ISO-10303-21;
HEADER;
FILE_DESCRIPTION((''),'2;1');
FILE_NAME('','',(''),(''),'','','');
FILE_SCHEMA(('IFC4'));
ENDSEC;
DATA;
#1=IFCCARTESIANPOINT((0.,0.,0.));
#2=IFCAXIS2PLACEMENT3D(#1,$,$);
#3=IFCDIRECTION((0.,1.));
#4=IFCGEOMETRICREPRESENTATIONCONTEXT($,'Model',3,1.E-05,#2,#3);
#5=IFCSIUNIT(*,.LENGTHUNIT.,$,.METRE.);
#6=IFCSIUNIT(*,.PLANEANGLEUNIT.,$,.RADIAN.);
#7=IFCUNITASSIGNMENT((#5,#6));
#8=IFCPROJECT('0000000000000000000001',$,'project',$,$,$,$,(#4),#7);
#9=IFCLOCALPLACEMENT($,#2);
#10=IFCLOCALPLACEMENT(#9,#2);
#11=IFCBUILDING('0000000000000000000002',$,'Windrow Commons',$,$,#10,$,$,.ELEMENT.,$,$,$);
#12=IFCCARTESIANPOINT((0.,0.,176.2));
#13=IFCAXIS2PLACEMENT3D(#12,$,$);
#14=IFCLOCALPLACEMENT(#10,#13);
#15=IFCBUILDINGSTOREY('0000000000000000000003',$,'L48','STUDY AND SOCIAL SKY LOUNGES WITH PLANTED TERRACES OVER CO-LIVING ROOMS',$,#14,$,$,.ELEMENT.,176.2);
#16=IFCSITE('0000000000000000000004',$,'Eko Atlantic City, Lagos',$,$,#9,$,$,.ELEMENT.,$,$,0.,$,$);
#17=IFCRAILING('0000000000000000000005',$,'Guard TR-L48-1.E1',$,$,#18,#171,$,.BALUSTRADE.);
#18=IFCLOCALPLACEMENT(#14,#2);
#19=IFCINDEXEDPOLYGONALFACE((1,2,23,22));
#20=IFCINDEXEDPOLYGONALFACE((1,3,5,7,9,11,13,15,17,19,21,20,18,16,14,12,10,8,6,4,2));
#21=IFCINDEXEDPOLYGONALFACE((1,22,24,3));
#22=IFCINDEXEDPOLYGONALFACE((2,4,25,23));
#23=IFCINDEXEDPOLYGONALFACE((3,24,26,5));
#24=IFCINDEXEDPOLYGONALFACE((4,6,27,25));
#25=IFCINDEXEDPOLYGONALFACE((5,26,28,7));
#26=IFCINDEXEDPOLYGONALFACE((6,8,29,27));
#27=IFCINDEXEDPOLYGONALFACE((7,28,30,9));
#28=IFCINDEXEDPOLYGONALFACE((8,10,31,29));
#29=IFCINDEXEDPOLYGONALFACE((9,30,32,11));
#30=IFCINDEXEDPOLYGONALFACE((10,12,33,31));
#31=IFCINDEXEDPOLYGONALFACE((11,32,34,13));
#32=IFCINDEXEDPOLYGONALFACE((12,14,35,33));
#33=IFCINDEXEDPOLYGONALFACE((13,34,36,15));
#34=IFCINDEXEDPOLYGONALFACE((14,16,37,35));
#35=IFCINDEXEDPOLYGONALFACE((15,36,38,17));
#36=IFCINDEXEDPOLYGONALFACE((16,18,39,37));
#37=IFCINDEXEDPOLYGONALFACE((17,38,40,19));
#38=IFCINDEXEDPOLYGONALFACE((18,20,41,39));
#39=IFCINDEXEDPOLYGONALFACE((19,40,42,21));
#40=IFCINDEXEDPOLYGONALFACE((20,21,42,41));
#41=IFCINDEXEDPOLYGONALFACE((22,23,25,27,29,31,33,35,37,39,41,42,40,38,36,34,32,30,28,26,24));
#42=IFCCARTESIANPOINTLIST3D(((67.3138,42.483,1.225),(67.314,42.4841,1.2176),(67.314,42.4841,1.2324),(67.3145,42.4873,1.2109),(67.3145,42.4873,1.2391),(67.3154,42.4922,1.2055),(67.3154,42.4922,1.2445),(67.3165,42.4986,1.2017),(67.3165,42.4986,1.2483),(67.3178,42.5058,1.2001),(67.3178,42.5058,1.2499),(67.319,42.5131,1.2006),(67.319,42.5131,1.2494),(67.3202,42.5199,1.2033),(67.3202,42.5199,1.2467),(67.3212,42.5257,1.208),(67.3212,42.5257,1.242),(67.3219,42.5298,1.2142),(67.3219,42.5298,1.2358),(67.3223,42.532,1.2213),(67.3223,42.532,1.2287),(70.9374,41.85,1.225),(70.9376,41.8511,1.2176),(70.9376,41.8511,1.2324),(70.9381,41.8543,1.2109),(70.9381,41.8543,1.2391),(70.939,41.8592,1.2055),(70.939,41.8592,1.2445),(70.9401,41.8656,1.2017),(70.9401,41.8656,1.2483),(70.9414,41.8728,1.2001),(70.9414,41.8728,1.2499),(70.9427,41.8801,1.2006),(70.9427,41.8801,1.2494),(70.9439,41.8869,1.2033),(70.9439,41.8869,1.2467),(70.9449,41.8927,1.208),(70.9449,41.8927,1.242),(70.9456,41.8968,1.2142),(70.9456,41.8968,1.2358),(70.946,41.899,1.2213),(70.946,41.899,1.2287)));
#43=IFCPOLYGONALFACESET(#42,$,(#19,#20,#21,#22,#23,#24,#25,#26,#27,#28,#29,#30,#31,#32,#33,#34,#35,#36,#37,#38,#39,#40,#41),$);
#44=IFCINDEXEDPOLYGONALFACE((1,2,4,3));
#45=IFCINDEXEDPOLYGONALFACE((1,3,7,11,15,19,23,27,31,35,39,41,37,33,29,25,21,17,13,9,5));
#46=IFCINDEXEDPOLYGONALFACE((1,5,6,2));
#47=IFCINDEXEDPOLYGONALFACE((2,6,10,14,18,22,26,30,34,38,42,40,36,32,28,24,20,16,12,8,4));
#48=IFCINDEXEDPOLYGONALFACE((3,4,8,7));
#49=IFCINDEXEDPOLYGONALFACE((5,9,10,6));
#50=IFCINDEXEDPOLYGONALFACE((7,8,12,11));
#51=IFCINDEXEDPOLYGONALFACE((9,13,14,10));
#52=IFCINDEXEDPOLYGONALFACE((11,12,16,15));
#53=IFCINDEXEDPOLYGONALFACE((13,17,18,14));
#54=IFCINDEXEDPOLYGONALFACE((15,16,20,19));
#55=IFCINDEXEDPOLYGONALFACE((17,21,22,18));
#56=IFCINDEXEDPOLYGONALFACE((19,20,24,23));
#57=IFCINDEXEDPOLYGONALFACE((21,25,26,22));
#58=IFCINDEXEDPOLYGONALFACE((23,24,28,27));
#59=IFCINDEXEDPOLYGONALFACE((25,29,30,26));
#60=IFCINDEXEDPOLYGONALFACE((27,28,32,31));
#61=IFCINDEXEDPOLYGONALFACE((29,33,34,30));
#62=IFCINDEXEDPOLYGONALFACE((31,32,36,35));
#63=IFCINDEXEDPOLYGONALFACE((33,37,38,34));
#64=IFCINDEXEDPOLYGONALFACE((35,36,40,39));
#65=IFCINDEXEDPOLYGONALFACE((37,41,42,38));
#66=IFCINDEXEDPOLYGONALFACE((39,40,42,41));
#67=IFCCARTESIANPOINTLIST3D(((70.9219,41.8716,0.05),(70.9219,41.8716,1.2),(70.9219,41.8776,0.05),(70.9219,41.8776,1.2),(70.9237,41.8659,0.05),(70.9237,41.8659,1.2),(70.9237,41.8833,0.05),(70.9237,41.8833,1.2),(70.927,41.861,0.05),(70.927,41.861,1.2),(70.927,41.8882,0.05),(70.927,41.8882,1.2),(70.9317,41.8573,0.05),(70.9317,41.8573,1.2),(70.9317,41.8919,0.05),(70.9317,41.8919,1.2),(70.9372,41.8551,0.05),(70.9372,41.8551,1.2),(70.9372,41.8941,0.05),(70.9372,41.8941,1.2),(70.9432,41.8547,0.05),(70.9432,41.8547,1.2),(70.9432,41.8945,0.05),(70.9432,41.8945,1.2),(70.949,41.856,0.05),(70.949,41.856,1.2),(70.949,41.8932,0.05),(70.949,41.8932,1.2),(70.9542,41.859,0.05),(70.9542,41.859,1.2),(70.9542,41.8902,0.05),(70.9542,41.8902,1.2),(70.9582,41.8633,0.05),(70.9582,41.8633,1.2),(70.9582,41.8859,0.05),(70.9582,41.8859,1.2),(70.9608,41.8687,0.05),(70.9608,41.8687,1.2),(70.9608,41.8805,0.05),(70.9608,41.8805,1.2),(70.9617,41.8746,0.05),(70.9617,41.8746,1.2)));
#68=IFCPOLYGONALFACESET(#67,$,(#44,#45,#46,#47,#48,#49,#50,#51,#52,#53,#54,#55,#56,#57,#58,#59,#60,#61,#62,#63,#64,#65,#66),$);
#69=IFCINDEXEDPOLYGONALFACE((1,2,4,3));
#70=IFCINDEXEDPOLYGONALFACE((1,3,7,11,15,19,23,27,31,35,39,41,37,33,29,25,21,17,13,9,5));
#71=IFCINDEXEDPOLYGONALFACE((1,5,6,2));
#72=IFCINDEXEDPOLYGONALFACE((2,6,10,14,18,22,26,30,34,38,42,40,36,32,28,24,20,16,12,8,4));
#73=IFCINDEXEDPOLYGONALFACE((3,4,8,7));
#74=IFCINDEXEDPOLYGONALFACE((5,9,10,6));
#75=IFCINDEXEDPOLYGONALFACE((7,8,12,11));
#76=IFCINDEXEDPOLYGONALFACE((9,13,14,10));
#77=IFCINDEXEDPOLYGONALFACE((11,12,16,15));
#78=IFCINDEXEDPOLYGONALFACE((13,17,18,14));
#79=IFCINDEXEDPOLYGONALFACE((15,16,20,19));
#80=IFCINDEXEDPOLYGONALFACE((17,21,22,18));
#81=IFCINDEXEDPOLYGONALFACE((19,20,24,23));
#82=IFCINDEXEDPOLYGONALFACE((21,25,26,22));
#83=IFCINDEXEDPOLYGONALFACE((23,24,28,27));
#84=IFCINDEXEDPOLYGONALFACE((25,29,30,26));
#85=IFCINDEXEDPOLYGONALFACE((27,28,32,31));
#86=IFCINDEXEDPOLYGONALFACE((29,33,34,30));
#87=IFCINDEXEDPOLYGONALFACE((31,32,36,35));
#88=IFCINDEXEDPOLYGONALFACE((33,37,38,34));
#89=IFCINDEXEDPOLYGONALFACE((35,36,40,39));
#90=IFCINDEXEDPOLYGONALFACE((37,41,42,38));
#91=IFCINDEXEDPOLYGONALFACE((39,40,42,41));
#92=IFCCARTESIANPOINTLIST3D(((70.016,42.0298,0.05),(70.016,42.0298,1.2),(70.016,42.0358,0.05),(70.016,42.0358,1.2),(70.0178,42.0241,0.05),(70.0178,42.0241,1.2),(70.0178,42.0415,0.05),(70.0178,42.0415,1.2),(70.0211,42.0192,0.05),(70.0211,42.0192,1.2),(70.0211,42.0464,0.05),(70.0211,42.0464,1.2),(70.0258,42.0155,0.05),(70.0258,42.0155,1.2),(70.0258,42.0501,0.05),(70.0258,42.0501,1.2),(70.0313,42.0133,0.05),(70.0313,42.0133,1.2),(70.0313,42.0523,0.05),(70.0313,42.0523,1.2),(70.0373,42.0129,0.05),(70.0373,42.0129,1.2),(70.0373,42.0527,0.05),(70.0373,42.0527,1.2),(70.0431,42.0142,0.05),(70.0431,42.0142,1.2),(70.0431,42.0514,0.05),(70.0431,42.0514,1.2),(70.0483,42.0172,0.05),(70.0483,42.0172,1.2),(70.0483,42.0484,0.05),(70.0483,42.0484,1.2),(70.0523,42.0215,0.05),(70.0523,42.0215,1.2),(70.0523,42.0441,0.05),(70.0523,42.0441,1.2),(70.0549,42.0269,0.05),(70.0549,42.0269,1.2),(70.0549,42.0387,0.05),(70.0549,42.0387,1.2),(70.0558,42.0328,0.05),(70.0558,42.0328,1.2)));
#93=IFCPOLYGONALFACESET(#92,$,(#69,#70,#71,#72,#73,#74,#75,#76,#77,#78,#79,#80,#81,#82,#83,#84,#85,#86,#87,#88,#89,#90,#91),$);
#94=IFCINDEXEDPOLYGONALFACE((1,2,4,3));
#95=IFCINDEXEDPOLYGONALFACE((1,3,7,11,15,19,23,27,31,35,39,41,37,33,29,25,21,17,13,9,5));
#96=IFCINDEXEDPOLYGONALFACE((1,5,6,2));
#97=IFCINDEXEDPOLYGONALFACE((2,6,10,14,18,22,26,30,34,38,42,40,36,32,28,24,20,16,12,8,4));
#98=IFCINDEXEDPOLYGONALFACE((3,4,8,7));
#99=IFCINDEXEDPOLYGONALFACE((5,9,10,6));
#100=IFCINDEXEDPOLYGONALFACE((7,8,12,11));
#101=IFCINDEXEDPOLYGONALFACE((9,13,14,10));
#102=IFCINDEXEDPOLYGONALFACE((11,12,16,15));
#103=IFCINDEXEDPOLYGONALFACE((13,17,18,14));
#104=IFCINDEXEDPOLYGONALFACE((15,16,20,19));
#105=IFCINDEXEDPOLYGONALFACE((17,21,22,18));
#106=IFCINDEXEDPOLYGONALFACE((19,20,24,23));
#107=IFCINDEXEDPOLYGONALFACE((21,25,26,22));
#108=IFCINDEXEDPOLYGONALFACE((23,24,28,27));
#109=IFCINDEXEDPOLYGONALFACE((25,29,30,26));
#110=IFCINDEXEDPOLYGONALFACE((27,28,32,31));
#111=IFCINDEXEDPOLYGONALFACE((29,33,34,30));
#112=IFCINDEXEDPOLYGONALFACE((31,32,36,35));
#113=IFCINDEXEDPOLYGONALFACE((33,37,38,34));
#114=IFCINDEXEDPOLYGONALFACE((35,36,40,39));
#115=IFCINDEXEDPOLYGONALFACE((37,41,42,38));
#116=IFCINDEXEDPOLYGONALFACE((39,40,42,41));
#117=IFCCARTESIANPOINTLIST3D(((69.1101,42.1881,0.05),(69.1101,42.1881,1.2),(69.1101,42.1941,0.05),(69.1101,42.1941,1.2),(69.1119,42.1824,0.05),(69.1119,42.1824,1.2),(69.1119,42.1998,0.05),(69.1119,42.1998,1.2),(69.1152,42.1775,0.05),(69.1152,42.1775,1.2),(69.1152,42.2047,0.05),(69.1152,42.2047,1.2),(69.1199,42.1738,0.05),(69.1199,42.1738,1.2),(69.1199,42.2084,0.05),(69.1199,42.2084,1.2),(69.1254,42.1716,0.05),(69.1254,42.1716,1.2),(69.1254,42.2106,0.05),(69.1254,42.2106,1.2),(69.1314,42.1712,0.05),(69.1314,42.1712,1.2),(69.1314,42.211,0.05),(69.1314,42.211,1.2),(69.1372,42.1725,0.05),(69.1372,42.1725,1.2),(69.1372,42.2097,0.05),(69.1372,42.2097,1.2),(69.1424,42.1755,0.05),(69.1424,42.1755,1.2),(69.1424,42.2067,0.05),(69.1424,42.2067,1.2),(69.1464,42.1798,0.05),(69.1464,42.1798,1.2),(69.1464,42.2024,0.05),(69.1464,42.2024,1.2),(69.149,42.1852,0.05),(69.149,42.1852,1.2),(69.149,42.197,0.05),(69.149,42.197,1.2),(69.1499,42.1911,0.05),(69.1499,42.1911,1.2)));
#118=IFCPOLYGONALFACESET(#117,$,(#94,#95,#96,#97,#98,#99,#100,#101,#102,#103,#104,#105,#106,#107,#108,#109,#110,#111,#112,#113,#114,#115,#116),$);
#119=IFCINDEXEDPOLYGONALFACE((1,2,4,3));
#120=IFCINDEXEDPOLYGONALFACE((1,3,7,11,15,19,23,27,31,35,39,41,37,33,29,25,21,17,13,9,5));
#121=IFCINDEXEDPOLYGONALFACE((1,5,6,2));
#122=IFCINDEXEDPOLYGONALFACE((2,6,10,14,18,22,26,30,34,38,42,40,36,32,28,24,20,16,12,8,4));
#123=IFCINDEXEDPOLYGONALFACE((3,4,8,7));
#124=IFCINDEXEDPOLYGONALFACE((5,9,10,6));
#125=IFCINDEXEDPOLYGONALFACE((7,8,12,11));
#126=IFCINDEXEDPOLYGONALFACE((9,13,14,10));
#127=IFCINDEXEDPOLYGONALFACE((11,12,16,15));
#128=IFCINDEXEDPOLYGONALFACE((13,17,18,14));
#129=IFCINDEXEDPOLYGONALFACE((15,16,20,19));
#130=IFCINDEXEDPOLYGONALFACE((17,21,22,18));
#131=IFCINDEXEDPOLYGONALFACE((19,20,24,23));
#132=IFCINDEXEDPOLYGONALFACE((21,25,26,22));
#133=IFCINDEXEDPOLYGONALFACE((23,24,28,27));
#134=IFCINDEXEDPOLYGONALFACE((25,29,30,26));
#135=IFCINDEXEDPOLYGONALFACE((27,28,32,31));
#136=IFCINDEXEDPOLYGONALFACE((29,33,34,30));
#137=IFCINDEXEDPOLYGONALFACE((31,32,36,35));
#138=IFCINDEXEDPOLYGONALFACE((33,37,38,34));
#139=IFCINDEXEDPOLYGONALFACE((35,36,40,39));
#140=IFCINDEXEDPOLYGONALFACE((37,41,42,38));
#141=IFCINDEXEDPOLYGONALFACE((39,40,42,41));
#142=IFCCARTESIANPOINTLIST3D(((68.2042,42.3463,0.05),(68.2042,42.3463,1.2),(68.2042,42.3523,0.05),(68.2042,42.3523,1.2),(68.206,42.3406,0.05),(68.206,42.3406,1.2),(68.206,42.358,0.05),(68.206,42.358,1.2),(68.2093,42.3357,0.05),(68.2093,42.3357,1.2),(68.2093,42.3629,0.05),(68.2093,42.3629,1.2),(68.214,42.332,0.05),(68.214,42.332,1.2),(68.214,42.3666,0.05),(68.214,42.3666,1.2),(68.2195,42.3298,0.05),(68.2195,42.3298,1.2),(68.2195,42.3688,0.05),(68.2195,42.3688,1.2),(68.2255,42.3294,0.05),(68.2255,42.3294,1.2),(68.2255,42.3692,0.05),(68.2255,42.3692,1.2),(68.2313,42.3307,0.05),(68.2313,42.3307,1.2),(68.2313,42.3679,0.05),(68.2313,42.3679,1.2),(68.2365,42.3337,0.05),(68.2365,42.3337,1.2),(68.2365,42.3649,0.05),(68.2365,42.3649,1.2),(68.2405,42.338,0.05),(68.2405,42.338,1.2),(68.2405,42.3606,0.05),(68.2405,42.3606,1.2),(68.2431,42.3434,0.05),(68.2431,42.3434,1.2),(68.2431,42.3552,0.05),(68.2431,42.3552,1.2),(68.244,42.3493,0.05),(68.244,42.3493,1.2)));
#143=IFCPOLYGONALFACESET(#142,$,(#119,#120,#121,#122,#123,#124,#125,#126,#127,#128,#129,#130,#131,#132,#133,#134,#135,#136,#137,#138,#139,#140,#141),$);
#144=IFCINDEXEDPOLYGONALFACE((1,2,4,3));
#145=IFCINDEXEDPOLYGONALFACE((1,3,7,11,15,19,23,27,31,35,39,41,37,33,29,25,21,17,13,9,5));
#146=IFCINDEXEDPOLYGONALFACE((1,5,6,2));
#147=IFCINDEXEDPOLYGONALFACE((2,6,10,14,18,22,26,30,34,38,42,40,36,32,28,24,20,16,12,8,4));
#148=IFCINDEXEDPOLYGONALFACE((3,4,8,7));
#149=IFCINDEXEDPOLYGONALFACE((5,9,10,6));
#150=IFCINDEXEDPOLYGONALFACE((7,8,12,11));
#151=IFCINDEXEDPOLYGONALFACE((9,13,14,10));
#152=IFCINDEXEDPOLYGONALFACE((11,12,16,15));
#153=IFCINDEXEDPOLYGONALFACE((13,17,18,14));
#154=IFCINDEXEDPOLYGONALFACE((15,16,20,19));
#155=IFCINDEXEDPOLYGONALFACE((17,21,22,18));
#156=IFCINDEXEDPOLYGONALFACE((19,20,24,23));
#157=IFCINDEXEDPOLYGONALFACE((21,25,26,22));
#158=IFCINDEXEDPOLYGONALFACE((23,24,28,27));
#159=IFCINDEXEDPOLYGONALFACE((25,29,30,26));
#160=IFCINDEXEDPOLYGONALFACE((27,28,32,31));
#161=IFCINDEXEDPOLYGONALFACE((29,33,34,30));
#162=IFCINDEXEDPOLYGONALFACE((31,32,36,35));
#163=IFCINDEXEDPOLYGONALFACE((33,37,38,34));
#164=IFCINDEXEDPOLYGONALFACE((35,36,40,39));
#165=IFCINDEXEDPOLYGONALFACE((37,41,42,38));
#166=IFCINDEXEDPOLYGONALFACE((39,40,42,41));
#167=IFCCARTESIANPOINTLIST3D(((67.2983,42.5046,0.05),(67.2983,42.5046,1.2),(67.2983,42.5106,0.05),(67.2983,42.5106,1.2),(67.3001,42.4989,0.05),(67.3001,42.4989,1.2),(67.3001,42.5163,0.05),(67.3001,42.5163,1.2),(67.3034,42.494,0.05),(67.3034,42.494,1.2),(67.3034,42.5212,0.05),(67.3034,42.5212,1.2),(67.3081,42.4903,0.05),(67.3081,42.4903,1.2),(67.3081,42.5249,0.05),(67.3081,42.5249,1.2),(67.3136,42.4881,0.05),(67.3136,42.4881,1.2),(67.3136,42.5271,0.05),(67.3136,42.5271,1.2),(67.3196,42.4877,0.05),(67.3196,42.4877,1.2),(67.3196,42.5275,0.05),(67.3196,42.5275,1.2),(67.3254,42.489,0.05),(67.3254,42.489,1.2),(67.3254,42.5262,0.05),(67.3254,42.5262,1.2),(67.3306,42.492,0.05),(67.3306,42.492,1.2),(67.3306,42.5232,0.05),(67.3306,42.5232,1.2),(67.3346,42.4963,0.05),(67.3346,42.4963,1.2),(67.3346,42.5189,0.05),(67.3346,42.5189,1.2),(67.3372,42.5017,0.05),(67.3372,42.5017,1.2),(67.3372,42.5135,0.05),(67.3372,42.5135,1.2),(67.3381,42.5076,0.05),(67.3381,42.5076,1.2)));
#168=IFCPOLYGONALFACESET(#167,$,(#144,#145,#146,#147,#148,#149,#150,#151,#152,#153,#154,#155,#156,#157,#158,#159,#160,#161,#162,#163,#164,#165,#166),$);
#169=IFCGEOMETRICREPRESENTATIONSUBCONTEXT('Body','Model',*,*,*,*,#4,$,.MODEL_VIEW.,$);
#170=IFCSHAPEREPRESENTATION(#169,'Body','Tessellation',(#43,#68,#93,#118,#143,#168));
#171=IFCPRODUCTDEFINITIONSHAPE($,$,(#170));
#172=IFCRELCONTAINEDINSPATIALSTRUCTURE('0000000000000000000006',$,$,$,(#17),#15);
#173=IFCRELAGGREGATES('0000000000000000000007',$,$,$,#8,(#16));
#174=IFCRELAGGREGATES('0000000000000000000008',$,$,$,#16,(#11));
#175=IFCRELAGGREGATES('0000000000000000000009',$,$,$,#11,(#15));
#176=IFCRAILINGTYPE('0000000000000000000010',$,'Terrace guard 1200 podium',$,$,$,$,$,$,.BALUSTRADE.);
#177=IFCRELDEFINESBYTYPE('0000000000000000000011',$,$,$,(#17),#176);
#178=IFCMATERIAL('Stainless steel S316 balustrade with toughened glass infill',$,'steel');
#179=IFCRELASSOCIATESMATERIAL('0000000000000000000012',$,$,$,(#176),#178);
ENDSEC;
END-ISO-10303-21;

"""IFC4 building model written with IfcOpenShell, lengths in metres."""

from ifc_helpers import new_model, si_unit, direction, frame, origin, origin_2d, place, context, subcontext, project, spatial, circle, extrude, material, type_object, element, save


model = new_model("IFC4")

# Units and contexts
model_context = context("Model", 3, precision=1e-05, world=origin(), true_north=direction((0.0, 1.0)))
body_context = subcontext(model_context, "Body", "Model", "MODEL_VIEW")
ifc_project = project(units=[si_unit("LENGTHUNIT", "METRE"), si_unit("PLANEANGLEUNIT", "RADIAN")], contexts=[model_context])

# Site, building, storey
site_placement = place(None, origin())
site = spatial("IfcSite", under=ifc_project, at=site_placement, Name="Eko Atlantic City, Lagos", CompositionType="ELEMENT", RefElevation=0.0)
building_placement = place(site_placement, origin())
building = spatial("IfcBuilding", under=site, at=building_placement, Name="Windrow Commons", CompositionType="ELEMENT")
storey_placement = place(building_placement, frame((0.0, 0.0, 176.2)))
storey = spatial("IfcBuildingStorey", under=building, at=storey_placement, Name="L48", Description="STUDY AND SOCIAL SKY LOUNGES WITH PLANTED TERRACES OVER CO-LIVING ROOMS", CompositionType="ELEMENT", Elevation=176.2)

# Railing
ifc_material_1 = material(Name="Stainless steel S316 balustrade with toughened glass infill", Category="steel")
railing_type = type_object("IfcRailingType", Name="Terrace guard 1200 podium", PredefinedType="BALUSTRADE", material=ifc_material_1)
railing_1_placement = place(storey_placement, frame((70.9417, 41.8746, 0.05)))
element("IfcRailing", 1, at=railing_1_placement, inside=storey, type_object=railing_type, Name="Guard TR-L48-1.E1", PredefinedType="BALUSTRADE", context=body_context, shape_type="SweptSolid", body=[
    extrude(circle(Radius=0.025, at=origin_2d()), frame((0.0, 0.0, 1.175), z_axis=(-0.985083, 0.172082, 0.0), x_axis=(-0.172082, -0.985083, 0.0)), (0.0, 0.0, 1.0), 3.6785),
    extrude(circle(Radius=0.02, at=origin_2d()), origin(), (0.0, 0.0, 1.0), 1.15),
    extrude(circle(Radius=0.02, at=origin_2d()), frame((-0.9059, 0.1582, 0.0)), (0.0, 0.0, 1.0), 1.15),
    extrude(circle(Radius=0.02, at=origin_2d()), frame((-1.8118, 0.3165, 0.0)), (0.0, 0.0, 1.0), 1.15),
    extrude(circle(Radius=0.02, at=origin_2d()), frame((-2.7177, 0.4747, 0.0)), (0.0, 0.0, 1.0), 1.15),
    extrude(circle(Radius=0.02, at=origin_2d()), frame((-3.6236, 0.633, 0.0)), (0.0, 0.0, 1.0), 1.15),
])

save(model, "model.ifc")
